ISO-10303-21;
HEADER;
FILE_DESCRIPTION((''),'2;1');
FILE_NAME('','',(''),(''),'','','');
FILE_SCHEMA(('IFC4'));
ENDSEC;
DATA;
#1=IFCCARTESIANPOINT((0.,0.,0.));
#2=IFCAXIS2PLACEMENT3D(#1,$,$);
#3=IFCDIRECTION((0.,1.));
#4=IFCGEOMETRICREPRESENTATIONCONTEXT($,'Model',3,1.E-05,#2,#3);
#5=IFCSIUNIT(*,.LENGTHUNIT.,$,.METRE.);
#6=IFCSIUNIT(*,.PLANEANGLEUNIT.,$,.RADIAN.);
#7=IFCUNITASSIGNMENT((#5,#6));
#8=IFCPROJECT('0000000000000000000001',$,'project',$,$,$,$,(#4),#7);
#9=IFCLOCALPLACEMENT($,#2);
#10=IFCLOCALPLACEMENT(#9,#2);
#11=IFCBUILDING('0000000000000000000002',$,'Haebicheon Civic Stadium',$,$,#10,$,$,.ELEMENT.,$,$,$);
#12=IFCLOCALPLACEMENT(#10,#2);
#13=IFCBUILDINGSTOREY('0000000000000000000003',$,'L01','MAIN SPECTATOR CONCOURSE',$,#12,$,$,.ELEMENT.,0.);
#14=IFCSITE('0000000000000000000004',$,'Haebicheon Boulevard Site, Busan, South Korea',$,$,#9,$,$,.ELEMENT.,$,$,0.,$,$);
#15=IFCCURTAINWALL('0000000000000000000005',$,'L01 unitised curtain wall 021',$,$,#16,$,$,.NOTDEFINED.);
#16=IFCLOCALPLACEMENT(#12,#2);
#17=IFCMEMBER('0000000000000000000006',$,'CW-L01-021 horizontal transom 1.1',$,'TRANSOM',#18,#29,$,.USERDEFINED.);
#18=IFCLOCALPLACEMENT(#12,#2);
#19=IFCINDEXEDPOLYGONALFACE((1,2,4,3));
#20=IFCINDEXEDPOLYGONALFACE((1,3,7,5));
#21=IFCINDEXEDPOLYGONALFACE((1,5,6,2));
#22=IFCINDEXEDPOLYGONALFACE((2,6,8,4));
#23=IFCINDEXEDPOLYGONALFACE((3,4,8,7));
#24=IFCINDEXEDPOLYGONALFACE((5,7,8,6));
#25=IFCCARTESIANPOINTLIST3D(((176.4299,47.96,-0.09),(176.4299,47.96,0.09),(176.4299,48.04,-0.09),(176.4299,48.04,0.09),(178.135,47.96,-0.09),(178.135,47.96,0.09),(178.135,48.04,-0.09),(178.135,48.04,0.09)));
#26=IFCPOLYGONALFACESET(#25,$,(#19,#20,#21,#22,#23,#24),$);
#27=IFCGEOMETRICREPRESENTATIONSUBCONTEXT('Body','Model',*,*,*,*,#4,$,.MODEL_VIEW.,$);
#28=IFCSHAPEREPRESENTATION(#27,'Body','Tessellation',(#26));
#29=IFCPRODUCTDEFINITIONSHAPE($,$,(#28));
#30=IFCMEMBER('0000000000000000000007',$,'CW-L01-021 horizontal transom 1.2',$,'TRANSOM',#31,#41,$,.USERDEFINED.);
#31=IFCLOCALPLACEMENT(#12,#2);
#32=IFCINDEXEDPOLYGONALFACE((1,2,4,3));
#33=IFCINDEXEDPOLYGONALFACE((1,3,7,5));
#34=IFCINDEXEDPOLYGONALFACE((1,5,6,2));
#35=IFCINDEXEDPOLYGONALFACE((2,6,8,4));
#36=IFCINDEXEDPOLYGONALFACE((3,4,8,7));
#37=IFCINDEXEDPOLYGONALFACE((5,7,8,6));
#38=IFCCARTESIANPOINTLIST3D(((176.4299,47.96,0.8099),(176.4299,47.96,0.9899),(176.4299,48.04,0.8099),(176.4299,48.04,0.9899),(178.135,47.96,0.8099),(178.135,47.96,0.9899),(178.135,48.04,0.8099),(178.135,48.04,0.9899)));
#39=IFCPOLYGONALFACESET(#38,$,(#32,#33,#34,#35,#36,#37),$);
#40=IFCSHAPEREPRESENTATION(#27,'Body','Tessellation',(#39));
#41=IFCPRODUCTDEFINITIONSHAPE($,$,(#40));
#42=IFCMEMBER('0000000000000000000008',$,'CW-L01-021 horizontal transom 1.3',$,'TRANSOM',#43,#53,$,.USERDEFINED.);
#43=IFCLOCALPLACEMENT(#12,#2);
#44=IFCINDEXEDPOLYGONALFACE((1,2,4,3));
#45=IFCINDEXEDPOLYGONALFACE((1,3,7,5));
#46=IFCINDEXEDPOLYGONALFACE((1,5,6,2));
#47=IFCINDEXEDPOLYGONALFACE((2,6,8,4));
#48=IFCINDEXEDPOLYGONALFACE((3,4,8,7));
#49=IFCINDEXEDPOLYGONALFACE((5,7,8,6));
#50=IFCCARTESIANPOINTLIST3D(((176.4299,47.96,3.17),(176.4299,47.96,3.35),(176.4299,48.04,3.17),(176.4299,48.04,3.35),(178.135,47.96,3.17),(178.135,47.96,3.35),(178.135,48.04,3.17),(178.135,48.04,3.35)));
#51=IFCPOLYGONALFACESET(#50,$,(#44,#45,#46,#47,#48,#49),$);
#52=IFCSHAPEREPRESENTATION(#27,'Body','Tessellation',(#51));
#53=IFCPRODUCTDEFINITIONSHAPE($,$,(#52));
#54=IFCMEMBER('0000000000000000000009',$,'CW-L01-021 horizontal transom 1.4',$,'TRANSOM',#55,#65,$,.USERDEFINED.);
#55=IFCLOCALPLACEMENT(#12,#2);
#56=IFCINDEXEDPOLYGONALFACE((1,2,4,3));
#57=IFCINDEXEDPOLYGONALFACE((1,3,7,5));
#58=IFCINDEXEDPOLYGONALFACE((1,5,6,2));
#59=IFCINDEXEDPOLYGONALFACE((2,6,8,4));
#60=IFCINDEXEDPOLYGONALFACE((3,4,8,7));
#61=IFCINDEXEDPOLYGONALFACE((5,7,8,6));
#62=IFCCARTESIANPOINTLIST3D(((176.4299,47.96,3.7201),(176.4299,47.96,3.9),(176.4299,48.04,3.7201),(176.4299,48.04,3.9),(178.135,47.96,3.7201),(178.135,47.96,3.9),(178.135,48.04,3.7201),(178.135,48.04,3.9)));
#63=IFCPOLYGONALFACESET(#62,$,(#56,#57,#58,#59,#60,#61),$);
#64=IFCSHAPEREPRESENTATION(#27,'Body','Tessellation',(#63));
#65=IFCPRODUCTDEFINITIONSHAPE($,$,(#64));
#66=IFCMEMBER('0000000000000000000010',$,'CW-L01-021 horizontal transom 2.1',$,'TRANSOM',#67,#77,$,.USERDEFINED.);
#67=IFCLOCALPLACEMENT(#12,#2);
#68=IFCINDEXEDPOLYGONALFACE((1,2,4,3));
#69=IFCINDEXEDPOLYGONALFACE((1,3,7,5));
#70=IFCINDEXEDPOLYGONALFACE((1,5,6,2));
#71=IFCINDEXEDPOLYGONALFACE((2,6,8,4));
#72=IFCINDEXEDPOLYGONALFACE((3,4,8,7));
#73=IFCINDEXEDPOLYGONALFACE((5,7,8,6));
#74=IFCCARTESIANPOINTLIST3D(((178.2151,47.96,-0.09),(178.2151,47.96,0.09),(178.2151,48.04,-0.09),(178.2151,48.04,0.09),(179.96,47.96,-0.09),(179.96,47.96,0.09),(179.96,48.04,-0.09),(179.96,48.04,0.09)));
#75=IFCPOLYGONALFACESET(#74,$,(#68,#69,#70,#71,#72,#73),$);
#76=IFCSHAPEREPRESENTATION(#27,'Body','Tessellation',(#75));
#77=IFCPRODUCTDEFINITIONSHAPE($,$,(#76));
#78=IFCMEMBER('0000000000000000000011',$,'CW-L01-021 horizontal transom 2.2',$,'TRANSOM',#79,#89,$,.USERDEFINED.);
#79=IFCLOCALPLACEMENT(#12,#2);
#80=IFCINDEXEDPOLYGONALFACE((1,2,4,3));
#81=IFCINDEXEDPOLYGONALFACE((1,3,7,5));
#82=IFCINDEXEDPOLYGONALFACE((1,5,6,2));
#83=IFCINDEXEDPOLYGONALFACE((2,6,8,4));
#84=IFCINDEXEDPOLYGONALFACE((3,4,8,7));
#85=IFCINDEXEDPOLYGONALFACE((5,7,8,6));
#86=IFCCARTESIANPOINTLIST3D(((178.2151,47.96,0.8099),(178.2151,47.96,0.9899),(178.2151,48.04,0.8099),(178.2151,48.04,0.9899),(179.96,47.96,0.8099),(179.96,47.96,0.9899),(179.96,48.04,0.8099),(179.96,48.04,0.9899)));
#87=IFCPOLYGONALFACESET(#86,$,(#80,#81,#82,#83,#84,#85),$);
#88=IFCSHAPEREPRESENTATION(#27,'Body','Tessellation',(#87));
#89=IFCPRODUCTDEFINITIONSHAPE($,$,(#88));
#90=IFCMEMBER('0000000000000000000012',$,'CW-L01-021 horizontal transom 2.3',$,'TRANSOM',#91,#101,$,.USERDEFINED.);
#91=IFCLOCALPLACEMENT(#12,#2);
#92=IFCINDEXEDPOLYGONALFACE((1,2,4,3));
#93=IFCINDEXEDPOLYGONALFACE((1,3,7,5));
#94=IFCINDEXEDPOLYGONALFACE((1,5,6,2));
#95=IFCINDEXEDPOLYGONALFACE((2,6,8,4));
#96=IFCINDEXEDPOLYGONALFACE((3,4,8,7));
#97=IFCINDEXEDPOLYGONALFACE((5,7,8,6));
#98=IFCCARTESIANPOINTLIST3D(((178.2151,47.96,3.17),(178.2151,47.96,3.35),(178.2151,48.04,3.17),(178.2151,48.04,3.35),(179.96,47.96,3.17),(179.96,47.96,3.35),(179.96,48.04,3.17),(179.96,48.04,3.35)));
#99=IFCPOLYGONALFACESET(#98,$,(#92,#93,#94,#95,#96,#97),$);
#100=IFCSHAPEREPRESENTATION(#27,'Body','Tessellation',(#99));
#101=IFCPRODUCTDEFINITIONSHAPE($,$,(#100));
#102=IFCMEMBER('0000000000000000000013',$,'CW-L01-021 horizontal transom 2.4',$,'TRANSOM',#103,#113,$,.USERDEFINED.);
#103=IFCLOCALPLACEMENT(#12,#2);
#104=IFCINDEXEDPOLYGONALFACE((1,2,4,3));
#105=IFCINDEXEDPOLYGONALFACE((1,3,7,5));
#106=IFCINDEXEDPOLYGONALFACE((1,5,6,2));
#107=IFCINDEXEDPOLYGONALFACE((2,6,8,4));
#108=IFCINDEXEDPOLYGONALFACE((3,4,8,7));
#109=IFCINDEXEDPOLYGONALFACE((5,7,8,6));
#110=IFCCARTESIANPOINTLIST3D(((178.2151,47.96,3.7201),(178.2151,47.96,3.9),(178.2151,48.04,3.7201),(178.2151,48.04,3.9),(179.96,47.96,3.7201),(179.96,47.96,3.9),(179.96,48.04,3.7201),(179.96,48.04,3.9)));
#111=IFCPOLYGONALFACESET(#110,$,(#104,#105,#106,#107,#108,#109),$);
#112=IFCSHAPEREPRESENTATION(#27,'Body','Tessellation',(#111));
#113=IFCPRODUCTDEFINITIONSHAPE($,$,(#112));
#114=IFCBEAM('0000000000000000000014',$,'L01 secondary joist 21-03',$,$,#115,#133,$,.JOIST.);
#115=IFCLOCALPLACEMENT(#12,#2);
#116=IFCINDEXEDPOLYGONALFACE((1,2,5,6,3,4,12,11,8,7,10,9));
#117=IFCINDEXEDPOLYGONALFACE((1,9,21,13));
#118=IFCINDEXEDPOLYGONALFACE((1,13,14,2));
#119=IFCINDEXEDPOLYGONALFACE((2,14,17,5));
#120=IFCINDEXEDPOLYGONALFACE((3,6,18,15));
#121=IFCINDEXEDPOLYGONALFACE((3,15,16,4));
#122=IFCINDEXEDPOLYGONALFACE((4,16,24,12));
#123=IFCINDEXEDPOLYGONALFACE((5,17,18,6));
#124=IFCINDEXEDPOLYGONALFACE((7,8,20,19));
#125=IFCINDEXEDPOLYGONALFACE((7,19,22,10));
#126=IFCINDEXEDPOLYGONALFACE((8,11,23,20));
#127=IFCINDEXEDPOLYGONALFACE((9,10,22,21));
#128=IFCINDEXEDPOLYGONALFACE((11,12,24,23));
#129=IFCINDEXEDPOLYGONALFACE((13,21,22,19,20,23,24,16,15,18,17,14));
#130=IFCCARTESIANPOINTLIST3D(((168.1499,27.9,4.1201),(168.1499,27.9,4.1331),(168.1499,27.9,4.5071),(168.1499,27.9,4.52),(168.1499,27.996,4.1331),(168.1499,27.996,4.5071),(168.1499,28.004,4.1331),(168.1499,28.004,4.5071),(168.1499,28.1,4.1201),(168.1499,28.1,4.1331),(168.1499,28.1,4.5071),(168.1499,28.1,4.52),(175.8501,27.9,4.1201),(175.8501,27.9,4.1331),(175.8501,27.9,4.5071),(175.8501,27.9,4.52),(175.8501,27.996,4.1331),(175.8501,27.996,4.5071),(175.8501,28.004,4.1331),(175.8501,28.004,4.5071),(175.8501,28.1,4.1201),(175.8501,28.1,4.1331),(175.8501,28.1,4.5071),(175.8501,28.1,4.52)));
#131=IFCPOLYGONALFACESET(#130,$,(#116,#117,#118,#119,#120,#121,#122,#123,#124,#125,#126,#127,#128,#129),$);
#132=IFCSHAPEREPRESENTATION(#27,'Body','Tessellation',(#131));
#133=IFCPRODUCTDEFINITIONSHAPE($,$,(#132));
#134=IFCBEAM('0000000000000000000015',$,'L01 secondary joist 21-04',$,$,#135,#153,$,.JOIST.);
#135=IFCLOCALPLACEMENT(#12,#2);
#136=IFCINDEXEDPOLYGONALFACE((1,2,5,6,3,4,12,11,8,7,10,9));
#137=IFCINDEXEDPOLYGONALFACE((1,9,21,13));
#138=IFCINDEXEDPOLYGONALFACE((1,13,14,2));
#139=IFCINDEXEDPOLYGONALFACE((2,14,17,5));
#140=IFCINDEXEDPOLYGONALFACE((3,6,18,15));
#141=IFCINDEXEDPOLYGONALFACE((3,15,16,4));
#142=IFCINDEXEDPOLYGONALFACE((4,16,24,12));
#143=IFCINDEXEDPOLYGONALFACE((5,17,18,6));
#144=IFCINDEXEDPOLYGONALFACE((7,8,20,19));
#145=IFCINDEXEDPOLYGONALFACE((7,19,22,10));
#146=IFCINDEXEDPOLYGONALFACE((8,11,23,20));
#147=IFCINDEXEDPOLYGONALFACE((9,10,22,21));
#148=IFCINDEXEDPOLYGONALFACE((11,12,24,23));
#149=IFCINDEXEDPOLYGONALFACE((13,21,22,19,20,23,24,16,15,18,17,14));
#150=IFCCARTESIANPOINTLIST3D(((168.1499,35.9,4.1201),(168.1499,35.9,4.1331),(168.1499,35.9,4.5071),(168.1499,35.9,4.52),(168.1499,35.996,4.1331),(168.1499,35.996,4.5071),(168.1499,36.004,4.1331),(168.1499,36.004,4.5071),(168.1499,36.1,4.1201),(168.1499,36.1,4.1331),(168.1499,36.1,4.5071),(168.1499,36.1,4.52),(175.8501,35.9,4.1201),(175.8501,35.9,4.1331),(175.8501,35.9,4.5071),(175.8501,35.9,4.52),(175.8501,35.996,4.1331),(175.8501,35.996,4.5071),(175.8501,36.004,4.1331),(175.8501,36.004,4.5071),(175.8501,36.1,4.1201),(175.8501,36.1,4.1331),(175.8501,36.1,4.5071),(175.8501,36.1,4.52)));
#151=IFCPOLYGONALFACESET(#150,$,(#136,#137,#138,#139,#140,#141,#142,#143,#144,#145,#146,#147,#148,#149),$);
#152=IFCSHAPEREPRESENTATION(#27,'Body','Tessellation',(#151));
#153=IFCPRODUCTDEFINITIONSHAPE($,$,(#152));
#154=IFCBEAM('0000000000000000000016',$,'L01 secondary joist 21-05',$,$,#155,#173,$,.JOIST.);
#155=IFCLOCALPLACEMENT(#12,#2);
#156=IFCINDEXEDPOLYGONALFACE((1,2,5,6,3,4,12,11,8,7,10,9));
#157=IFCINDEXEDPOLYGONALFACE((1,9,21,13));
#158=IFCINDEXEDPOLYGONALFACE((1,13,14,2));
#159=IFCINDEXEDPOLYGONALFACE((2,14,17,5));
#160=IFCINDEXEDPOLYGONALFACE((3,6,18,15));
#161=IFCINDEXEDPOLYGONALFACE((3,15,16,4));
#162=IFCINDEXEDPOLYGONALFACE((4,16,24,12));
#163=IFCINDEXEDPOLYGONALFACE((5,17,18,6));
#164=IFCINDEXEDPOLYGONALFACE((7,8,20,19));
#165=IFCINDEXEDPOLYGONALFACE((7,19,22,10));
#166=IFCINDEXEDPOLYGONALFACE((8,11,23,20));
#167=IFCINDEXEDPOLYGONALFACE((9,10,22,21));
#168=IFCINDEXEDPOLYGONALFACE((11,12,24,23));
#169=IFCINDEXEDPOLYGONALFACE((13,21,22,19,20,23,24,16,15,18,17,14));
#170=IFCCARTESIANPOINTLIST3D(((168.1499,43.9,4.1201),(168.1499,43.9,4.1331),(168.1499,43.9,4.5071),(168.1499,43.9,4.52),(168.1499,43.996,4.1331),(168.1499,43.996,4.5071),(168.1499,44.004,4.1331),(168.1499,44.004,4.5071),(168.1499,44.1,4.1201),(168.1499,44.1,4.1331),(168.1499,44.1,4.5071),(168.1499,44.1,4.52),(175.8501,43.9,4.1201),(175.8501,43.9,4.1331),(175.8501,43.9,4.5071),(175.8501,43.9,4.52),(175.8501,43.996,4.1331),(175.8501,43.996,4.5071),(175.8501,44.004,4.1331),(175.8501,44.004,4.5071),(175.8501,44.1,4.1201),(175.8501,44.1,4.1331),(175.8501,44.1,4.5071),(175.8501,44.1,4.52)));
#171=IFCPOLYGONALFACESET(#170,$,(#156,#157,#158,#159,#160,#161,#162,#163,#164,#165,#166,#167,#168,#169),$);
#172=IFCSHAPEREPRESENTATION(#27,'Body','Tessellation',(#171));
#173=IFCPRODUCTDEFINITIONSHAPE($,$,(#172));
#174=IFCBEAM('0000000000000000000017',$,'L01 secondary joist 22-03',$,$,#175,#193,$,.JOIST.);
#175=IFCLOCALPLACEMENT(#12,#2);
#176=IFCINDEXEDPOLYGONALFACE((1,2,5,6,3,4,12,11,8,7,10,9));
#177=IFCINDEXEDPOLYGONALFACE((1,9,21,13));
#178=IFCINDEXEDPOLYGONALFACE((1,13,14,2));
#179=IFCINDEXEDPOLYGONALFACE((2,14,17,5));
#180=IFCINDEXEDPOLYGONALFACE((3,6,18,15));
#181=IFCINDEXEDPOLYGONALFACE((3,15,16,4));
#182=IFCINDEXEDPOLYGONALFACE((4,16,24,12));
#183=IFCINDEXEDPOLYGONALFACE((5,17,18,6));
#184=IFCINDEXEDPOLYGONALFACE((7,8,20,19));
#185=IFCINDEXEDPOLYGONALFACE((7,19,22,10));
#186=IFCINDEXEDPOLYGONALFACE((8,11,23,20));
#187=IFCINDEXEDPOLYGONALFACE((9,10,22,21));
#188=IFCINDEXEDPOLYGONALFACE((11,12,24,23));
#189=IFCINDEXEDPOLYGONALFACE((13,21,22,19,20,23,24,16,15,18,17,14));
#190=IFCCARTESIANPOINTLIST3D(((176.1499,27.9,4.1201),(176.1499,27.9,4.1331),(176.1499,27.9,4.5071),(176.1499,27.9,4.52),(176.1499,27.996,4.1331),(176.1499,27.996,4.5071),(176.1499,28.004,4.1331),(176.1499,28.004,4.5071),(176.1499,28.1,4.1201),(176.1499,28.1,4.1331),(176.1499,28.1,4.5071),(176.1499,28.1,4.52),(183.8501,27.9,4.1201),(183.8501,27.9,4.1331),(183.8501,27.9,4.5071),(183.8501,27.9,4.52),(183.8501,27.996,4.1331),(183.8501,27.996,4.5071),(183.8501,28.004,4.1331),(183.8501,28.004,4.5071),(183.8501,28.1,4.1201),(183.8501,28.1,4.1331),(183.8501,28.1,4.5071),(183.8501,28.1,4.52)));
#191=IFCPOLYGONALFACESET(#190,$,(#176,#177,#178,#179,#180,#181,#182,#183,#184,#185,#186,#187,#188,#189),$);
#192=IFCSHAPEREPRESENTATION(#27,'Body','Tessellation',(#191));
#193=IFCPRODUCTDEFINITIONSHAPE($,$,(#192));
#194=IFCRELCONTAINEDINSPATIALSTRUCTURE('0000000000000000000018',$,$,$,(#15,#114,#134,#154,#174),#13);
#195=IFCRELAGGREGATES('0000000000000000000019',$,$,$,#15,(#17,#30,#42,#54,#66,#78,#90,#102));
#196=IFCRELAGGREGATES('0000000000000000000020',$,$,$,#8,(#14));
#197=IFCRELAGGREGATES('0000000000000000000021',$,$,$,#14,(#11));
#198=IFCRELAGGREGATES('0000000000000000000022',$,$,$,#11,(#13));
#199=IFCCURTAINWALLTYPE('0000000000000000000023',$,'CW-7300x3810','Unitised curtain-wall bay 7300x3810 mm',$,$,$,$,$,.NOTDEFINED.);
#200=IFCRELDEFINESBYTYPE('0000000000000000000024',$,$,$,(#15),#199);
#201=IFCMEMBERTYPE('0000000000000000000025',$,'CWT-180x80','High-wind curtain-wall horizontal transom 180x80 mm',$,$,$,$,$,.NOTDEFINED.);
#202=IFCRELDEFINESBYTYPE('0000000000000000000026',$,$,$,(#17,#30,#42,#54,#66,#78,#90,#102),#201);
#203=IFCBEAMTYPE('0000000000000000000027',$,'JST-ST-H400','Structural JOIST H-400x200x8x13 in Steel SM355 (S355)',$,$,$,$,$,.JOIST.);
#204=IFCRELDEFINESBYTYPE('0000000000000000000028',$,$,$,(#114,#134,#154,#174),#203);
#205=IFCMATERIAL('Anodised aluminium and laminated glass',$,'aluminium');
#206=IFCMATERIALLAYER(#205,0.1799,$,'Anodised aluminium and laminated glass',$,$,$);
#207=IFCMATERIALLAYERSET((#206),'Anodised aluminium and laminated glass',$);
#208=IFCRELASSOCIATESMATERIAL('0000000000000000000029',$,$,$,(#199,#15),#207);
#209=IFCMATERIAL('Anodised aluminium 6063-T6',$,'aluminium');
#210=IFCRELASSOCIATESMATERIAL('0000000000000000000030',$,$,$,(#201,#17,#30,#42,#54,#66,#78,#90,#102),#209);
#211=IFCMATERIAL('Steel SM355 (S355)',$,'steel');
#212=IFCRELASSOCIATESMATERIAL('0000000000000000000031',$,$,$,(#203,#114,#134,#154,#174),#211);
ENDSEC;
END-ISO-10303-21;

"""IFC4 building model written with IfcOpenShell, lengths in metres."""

from ifc_helpers import new_model, si_unit, direction, frame, origin, origin_2d, place, context, subcontext, project, spatial, rectangle, i_section, extrude, material, layer, layer_set, material_profile, profile_set, type_object, element, aggregate, save


model = new_model("IFC4")

# Units and contexts
model_context = context("Model", 3, precision=1e-05, world=origin(), true_north=direction((0.0, 1.0)))
body_context = subcontext(model_context, "Body", "Model", "MODEL_VIEW")
ifc_project = project(units=[si_unit("LENGTHUNIT", "METRE"), si_unit("PLANEANGLEUNIT", "RADIAN")], contexts=[model_context])

# Site, building, storey
site_placement = place(None, origin())
site = spatial("IfcSite", under=ifc_project, at=site_placement, Name="Haebicheon Boulevard Site, Busan, South Korea", CompositionType="ELEMENT", RefElevation=0.0)
building_placement = place(site_placement, origin())
building = spatial("IfcBuilding", under=site, at=building_placement, Name="Haebicheon Civic Stadium", CompositionType="ELEMENT")
storey_placement = place(building_placement, origin())
storey = spatial("IfcBuildingStorey", under=building, at=storey_placement, Name="L01", Description="MAIN SPECTATOR CONCOURSE", CompositionType="ELEMENT", Elevation=0.0)

# Curtain wall, members
ifc_material_1 = material(Name="Anodised aluminium and laminated glass", Category="aluminium")
ifc_layer_1 = layer(ifc_material_1, 0.1799, Name="Anodised aluminium and laminated glass")
ifc_layer_set_1 = layer_set([ifc_layer_1], Name="Anodised aluminium and laminated glass")
curtain_wall_type = type_object("IfcCurtainWallType", Name="CW-7300x3810", Description="Unitised curtain-wall bay 7300x3810 mm", PredefinedType="NOTDEFINED", material=ifc_layer_set_1)
curtain_wall_placement = place(storey_placement, origin())
curtain_wall = element("IfcCurtainWall", 1, at=curtain_wall_placement, inside=storey, type_object=curtain_wall_type, material=ifc_layer_set_1, Name="L01 unitised curtain wall 021", PredefinedType="NOTDEFINED")
ifc_material_2 = material(Name="Anodised aluminium 6063-T6", Category="aluminium")
ifc_material_profile_1 = material_profile(ifc_material_2, rectangle(XDim=0.0801, YDim=0.1799, at=origin_2d()), Name="ALU-TRAN-80x180")
ifc_profile_set_1 = profile_set([ifc_material_profile_1], Name="Anodised aluminium 6063-T6")
member_type_1 = type_object("IfcMemberType", Name="CWT-180x80", Description="High-wind curtain-wall horizontal transom 180x80 mm", PredefinedType="NOTDEFINED", material=ifc_profile_set_1)
member_1_placement = place(storey_placement, frame((176.4299, 48.0, 0.0), z_axis=(1.0, 0.0, 0.0), x_axis=(0.0, 1.0, 0.0)))
member_1 = element("IfcMember", 2, at=member_1_placement, type_object=member_type_1, material=ifc_profile_set_1, Name="CW-L01-021 horizontal transom 1.1", ObjectType="TRANSOM", PredefinedType="USERDEFINED", context=body_context, shape_type="SweptSolid", body=[
    extrude(rectangle(XDim=0.0801, YDim=0.1799, at=origin_2d()), origin(), (0.0, 0.0, 1.0), 1.7051),
])
member_2_placement = place(storey_placement, frame((176.4299, 48.0, 0.8999), z_axis=(1.0, 0.0, 0.0), x_axis=(0.0, 1.0, 0.0)))
member_2 = element("IfcMember", 3, at=member_2_placement, type_object=member_type_1, material=ifc_profile_set_1, Name="CW-L01-021 horizontal transom 1.2", ObjectType="TRANSOM", PredefinedType="USERDEFINED", context=body_context, shape_type="SweptSolid", body=[
    extrude(rectangle(XDim=0.0801, YDim=0.1799, at=origin_2d()), origin(), (0.0, 0.0, 1.0), 1.7051),
])
member_3_placement = place(storey_placement, frame((176.4299, 48.0, 3.26), z_axis=(1.0, 0.0, 0.0), x_axis=(0.0, 1.0, 0.0)))
member_3 = element("IfcMember", 4, at=member_3_placement, type_object=member_type_1, material=ifc_profile_set_1, Name="CW-L01-021 horizontal transom 1.3", ObjectType="TRANSOM", PredefinedType="USERDEFINED", context=body_context, shape_type="SweptSolid", body=[
    extrude(rectangle(XDim=0.0801, YDim=0.1799, at=origin_2d()), origin(), (0.0, 0.0, 1.0), 1.7051),
])
member_4_placement = place(storey_placement, frame((176.4299, 48.0, 3.8101), z_axis=(1.0, 0.0, 0.0), x_axis=(0.0, 1.0, 0.0)))
member_4 = element("IfcMember", 5, at=member_4_placement, type_object=member_type_1, material=ifc_profile_set_1, Name="CW-L01-021 horizontal transom 1.4", ObjectType="TRANSOM", PredefinedType="USERDEFINED", context=body_context, shape_type="SweptSolid", body=[
    extrude(rectangle(XDim=0.0801, YDim=0.1799, at=origin_2d()), origin(), (0.0, 0.0, 1.0), 1.7051),
])
member_5_placement = place(storey_placement, frame((178.2151, 48.0, 0.0), z_axis=(1.0, 0.0, 0.0), x_axis=(0.0, 1.0, 0.0)))
member_5 = element("IfcMember", 6, at=member_5_placement, type_object=member_type_1, material=ifc_profile_set_1, Name="CW-L01-021 horizontal transom 2.1", ObjectType="TRANSOM", PredefinedType="USERDEFINED", context=body_context, shape_type="SweptSolid", body=[
    extrude(rectangle(XDim=0.0801, YDim=0.1799, at=origin_2d()), origin(), (0.0, 0.0, 1.0), 1.7449),
])
member_6_placement = place(storey_placement, frame((178.2151, 48.0, 0.8999), z_axis=(1.0, 0.0, 0.0), x_axis=(0.0, 1.0, 0.0)))
member_6 = element("IfcMember", 7, at=member_6_placement, type_object=member_type_1, material=ifc_profile_set_1, Name="CW-L01-021 horizontal transom 2.2", ObjectType="TRANSOM", PredefinedType="USERDEFINED", context=body_context, shape_type="SweptSolid", body=[
    extrude(rectangle(XDim=0.0801, YDim=0.1799, at=origin_2d()), origin(), (0.0, 0.0, 1.0), 1.7449),
])
member_7_placement = place(storey_placement, frame((178.2151, 48.0, 3.26), z_axis=(1.0, 0.0, 0.0), x_axis=(0.0, 1.0, 0.0)))
member_7 = element("IfcMember", 8, at=member_7_placement, type_object=member_type_1, material=ifc_profile_set_1, Name="CW-L01-021 horizontal transom 2.3", ObjectType="TRANSOM", PredefinedType="USERDEFINED", context=body_context, shape_type="SweptSolid", body=[
    extrude(rectangle(XDim=0.0801, YDim=0.1799, at=origin_2d()), origin(), (0.0, 0.0, 1.0), 1.7449),
])
member_8_placement = place(storey_placement, frame((178.2151, 48.0, 3.8101), z_axis=(1.0, 0.0, 0.0), x_axis=(0.0, 1.0, 0.0)))
member_8 = element("IfcMember", 9, at=member_8_placement, type_object=member_type_1, material=ifc_profile_set_1, Name="CW-L01-021 horizontal transom 2.4", ObjectType="TRANSOM", PredefinedType="USERDEFINED", context=body_context, shape_type="SweptSolid", body=[
    extrude(rectangle(XDim=0.0801, YDim=0.1799, at=origin_2d()), origin(), (0.0, 0.0, 1.0), 1.7449),
])

# Beams
ifc_material_3 = material(Name="Steel SM355 (S355)", Category="steel")
ifc_material_profile_2 = material_profile(ifc_material_3, i_section(OverallWidth=0.2, OverallDepth=0.3999, WebThickness=0.0081, FlangeThickness=0.0129, at=origin_2d()), Name="H-400x200x8x13")
ifc_profile_set_2 = profile_set([ifc_material_profile_2], Name="Steel SM355 (S355)")
beam_type_1 = type_object("IfcBeamType", Name="JST-ST-H400", Description="Structural JOIST H-400x200x8x13 in Steel SM355 (S355)", PredefinedType="JOIST", material=ifc_profile_set_2)
for number, where, z_axis, x_axis, name in (
    (10, (168.1499, 28.0, 4.3201), (1.0, 0.0, 0.0), (0.0, 1.0, 0.0), "L01 secondary joist 21-03"),
    (11, (168.1499, 36.0, 4.3201), (1.0, 0.0, 0.0), (0.0, 1.0, 0.0), "L01 secondary joist 21-04"),
    (12, (168.1499, 44.0, 4.3201), (1.0, 0.0, 0.0), (0.0, 1.0, 0.0), "L01 secondary joist 21-05"),
    (13, (176.1499, 28.0, 4.3201), (1.0, 0.0, 0.0), (0.0, 1.0, 0.0), "L01 secondary joist 22-03"),
):
    element("IfcBeam", number, at=place(storey_placement, frame(where, z_axis=z_axis, x_axis=x_axis)), inside=storey, type_object=beam_type_1, material=ifc_profile_set_2, Name=name, PredefinedType="JOIST", context=body_context, shape_type="SweptSolid", body=[
        extrude(i_section(OverallWidth=0.2, OverallDepth=0.3999, WebThickness=0.0081, FlangeThickness=0.0129, at=origin_2d()), origin(), (0.0, 0.0, 1.0), 7.7002),
    ])

aggregate(curtain_wall, [member_1, member_2, member_3, member_4, member_5, member_6, member_7, member_8])

save(model, "model.ifc")
